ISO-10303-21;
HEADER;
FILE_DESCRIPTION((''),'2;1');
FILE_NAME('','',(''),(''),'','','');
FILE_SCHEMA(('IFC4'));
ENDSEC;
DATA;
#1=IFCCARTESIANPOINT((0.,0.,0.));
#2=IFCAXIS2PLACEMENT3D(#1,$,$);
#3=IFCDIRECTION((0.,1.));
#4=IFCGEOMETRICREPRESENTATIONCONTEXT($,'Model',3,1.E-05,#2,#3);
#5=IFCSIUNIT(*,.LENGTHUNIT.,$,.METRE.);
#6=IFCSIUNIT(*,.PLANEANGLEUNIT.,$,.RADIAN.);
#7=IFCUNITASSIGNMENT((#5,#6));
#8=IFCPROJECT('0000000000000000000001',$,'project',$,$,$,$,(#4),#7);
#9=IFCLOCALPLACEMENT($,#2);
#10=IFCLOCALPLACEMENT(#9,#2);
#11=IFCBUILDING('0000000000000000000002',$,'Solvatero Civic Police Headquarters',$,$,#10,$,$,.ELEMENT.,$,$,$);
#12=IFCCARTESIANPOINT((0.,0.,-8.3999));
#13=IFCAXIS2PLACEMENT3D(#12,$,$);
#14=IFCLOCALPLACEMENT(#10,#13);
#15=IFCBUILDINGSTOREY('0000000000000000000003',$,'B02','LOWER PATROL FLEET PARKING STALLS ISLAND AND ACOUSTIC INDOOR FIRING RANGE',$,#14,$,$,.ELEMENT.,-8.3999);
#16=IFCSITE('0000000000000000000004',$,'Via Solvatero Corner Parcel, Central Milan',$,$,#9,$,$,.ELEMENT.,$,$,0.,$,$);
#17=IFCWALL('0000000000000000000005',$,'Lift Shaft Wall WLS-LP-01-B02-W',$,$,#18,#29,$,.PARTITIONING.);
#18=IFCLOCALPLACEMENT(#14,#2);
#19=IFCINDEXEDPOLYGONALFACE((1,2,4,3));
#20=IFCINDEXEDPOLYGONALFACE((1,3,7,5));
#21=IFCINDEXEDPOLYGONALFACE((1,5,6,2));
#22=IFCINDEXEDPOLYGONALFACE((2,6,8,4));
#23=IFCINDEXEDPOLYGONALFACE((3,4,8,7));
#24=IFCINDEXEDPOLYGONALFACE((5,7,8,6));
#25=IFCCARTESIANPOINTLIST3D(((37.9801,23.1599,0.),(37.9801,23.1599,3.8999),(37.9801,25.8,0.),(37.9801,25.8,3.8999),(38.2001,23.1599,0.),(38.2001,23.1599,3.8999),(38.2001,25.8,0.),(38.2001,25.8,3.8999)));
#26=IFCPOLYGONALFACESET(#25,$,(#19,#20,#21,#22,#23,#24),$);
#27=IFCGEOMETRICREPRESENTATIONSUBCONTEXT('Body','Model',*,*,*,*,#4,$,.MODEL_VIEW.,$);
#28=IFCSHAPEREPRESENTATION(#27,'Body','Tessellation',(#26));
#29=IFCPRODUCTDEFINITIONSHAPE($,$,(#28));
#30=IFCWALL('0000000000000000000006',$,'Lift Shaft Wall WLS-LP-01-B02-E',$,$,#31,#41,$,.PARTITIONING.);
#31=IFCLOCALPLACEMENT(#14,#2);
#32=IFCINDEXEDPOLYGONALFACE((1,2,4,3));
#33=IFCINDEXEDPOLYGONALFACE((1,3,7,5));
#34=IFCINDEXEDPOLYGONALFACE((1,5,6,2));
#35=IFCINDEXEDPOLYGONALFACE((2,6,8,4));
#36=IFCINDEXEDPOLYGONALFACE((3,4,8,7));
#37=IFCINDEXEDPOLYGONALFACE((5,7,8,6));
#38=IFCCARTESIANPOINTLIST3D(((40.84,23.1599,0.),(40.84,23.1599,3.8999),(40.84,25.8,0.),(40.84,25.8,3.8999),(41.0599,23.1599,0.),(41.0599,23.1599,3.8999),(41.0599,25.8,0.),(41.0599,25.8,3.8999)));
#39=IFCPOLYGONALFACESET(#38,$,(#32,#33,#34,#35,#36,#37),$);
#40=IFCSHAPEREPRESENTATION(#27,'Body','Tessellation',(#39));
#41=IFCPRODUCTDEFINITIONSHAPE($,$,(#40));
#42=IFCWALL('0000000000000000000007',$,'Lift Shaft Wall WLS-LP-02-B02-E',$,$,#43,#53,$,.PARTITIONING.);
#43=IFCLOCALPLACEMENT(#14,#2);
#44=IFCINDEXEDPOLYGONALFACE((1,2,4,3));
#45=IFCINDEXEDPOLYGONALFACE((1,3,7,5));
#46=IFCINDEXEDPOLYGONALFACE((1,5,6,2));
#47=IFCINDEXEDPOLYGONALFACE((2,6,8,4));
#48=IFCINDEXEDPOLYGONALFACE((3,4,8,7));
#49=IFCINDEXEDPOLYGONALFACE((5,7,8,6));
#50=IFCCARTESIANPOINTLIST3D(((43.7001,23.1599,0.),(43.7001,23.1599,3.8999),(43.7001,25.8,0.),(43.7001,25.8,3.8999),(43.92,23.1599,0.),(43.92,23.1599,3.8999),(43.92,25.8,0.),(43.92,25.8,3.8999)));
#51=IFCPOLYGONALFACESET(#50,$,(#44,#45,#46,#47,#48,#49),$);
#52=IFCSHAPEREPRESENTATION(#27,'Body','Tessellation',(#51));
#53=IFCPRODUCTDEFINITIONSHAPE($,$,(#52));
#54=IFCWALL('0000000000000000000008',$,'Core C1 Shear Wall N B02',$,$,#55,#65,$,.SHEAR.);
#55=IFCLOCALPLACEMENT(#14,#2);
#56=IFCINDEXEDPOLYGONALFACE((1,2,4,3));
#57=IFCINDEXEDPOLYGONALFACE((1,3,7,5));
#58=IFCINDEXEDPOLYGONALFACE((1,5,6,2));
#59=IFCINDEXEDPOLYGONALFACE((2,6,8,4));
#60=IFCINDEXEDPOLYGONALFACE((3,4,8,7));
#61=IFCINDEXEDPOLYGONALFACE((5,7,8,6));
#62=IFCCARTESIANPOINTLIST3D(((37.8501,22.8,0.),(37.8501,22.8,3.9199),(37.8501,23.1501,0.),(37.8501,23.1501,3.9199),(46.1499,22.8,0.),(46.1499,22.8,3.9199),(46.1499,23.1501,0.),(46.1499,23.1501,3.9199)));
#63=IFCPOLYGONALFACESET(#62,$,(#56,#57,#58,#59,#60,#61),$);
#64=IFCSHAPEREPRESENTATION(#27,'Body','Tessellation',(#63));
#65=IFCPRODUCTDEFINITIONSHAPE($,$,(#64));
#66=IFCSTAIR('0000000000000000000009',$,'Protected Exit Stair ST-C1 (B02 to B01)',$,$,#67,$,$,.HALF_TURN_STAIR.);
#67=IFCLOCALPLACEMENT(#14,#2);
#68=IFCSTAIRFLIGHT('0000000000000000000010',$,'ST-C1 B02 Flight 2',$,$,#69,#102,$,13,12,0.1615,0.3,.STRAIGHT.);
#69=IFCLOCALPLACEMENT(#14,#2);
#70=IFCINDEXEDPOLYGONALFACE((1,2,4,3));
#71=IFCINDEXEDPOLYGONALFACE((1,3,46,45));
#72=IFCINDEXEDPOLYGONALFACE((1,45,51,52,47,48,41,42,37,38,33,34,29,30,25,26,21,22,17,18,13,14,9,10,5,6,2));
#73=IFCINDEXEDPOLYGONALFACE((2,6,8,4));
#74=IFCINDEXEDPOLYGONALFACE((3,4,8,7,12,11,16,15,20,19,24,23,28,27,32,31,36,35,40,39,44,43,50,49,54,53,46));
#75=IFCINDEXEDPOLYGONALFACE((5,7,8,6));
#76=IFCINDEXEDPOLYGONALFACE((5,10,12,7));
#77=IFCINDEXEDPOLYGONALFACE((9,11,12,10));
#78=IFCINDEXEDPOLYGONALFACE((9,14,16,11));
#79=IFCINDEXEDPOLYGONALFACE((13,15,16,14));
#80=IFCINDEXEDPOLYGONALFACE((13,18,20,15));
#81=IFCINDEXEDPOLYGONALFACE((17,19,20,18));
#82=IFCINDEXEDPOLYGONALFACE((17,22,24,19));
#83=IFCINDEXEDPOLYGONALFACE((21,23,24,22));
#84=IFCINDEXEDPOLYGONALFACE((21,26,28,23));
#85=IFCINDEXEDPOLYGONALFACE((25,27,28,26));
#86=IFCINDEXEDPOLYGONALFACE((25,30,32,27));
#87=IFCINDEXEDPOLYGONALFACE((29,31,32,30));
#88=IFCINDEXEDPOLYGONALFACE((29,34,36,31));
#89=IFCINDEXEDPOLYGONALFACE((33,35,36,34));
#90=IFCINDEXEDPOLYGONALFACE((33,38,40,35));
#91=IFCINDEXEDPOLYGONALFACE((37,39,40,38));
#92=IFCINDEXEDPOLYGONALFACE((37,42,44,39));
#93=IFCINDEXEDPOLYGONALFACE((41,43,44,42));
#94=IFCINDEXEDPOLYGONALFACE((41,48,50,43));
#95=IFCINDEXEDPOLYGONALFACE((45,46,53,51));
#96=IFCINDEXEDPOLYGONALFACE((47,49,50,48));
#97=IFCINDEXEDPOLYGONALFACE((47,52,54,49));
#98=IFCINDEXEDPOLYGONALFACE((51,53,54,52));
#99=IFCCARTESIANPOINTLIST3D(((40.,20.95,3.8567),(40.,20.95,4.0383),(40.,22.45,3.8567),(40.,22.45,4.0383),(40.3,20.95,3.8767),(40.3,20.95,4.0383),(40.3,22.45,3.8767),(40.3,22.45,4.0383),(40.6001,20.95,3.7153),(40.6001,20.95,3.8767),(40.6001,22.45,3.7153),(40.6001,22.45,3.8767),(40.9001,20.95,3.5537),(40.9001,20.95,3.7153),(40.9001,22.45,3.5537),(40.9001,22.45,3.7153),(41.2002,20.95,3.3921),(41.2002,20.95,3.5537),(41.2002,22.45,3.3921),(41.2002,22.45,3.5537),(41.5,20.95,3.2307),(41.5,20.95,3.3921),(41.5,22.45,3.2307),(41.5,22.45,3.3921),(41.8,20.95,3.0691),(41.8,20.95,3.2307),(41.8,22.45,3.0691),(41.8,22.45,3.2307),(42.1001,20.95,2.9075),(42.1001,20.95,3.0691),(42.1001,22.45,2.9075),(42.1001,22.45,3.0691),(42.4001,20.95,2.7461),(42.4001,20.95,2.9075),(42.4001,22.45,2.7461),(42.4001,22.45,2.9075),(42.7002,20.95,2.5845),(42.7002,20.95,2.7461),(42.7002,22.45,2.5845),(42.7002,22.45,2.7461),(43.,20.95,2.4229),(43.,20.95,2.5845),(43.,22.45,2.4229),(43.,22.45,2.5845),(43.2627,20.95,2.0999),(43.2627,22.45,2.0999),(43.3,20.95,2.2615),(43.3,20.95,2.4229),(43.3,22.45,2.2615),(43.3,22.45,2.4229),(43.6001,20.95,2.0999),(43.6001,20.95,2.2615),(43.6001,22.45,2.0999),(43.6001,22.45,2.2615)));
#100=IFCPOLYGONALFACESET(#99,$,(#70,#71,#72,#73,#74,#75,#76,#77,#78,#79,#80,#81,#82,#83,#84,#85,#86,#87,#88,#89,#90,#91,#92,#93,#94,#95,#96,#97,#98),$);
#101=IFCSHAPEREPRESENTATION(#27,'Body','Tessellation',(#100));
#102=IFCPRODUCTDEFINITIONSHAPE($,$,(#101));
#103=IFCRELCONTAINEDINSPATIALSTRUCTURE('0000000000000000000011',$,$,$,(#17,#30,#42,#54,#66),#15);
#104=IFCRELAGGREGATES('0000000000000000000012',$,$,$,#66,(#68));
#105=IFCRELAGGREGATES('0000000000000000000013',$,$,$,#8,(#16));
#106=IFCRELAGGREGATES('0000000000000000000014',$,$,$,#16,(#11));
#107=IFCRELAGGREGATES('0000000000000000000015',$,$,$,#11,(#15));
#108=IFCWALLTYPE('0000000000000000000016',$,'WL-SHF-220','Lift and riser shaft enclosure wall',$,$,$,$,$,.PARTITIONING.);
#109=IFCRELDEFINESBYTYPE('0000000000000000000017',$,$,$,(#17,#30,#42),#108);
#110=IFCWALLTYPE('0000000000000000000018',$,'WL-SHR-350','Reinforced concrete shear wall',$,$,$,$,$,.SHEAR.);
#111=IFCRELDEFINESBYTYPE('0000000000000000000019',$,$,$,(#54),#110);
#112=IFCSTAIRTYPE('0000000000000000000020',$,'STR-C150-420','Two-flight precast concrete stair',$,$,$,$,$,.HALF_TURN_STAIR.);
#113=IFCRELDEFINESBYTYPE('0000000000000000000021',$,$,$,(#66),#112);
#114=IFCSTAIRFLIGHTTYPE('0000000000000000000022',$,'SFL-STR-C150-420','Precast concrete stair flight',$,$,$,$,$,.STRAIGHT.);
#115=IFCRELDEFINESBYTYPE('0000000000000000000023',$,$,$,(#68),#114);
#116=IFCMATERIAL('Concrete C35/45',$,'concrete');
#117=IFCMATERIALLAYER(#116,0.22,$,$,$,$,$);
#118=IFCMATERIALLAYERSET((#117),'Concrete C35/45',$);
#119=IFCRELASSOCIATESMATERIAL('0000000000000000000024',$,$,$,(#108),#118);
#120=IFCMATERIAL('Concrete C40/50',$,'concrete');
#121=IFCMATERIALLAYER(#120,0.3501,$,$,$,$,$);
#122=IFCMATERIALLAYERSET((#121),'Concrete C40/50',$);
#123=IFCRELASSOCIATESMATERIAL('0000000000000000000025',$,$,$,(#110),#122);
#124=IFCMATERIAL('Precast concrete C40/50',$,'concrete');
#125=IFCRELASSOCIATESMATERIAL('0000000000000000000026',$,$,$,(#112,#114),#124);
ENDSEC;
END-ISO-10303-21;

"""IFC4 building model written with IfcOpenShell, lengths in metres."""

from ifc_helpers import new_model, si_unit, direction, frame, frame_2d, origin, place, context, subcontext, project, spatial, polyline, rectangle, outline, extrude, material, layer, layer_set, type_object, element, aggregate, save


model = new_model("IFC4")

# Units and contexts
model_context = context("Model", 3, precision=1e-05, world=origin(), true_north=direction((0.0, 1.0)))
body_context = subcontext(model_context, "Body", "Model", "MODEL_VIEW")
ifc_project = project(units=[si_unit("LENGTHUNIT", "METRE"), si_unit("PLANEANGLEUNIT", "RADIAN")], contexts=[model_context])

# Site, building, storey
site_placement = place(None, origin())
site = spatial("IfcSite", under=ifc_project, at=site_placement, Name="Via Solvatero Corner Parcel, Central Milan", CompositionType="ELEMENT", RefElevation=0.0)
building_placement = place(site_placement, origin())
building = spatial("IfcBuilding", under=site, at=building_placement, Name="Solvatero Civic Police Headquarters", CompositionType="ELEMENT")
storey_placement = place(building_placement, frame((0.0, 0.0, -8.3999)))
storey = spatial("IfcBuildingStorey", under=building, at=storey_placement, Name="B02", Description="LOWER PATROL FLEET PARKING STALLS ISLAND AND ACOUSTIC INDOOR FIRING RANGE", CompositionType="ELEMENT", Elevation=-8.3999)

# Shared definitions
ifc_material_1 = material(Name="Concrete C40/50", Category="concrete")

# Shared definitions
ifc_material_2 = material(Name="Concrete C35/45", Category="concrete")
ifc_layer_1 = layer(ifc_material_2, 0.22)
ifc_layer_set_1 = layer_set([ifc_layer_1], Name="Concrete C35/45")
wall_type_1 = type_object("IfcWallType", Name="WL-SHF-220", Description="Lift and riser shaft enclosure wall", PredefinedType="PARTITIONING", material=ifc_layer_set_1)

# Walls
for number, where, z_axis, x_axis, name in (
    (1, (38.0901, 23.1599, 0.0), (0.0, 0.0, 1.0), (0.0, 1.0, 0.0), "Lift Shaft Wall WLS-LP-01-B02-W"),
    (2, (40.95, 23.1599, 0.0), (0.0, 0.0, 1.0), (0.0, 1.0, 0.0), "Lift Shaft Wall WLS-LP-01-B02-E"),
):
    element("IfcWall", number, at=place(storey_placement, frame(where, z_axis=z_axis, x_axis=x_axis)), inside=storey, type_object=wall_type_1, Name=name, PredefinedType="PARTITIONING", context=body_context, shape_type="SweptSolid", body=[
        extrude(rectangle(XDim=2.6401, YDim=0.22, at=frame_2d((1.3201, 0.0))), origin(), (0.0, 0.0, 1.0), 3.8999),
    ])

# Walls
wall_1_placement = place(storey_placement, frame((43.8101, 23.1599, 0.0), z_axis=(0.0, 0.0, 1.0), x_axis=(0.0, 1.0, 0.0)))
element("IfcWall", 3, at=wall_1_placement, inside=storey, type_object=wall_type_1, Name="Lift Shaft Wall WLS-LP-02-B02-E", PredefinedType="PARTITIONING", context=body_context, shape_type="SweptSolid", body=[
    extrude(rectangle(XDim=2.6401, YDim=0.22, at=frame_2d((1.3201, 0.0))), origin(), (0.0, 0.0, 1.0), 3.8999),
])
ifc_layer_2 = layer(ifc_material_1, 0.3501)
ifc_layer_set_2 = layer_set([ifc_layer_2], Name="Concrete C40/50")
wall_type_2 = type_object("IfcWallType", Name="WL-SHR-350", Description="Reinforced concrete shear wall", PredefinedType="SHEAR", material=ifc_layer_set_2)
wall_2_placement = place(storey_placement, frame((37.8501, 22.9751, 0.0), z_axis=(0.0, 0.0, 1.0), x_axis=(1.0, 0.0, 0.0)))
element("IfcWall", 4, at=wall_2_placement, inside=storey, type_object=wall_type_2, Name="Core C1 Shear Wall N B02", PredefinedType="SHEAR", context=body_context, shape_type="SweptSolid", body=[
    extrude(rectangle(XDim=8.2998, YDim=0.3501, at=frame_2d((4.1499, 0.0))), origin(), (0.0, 0.0, 1.0), 3.9199),
])

# Stair, stair flight
ifc_material_3 = material(Name="Precast concrete C40/50", Category="concrete")
stair_type = type_object("IfcStairType", Name="STR-C150-420", Description="Two-flight precast concrete stair", PredefinedType="HALF_TURN_STAIR", material=ifc_material_3)
stair_placement = place(storey_placement, origin())
stair = element("IfcStair", 5, at=stair_placement, inside=storey, type_object=stair_type, Name="Protected Exit Stair ST-C1 (B02 to B01)", PredefinedType="HALF_TURN_STAIR")
stair_flight_type = type_object("IfcStairFlightType", Name="SFL-STR-C150-420", Description="Precast concrete stair flight", PredefinedType="STRAIGHT", material=ifc_material_3)
stair_flight_placement = place(storey_placement, frame((43.6001, 21.7, 2.0999), z_axis=(0.0, 0.0, 1.0), x_axis=(-1.0, 0.0, 0.0)))
stair_flight = element("IfcStairFlight", 6, at=stair_flight_placement, type_object=stair_flight_type, Name="ST-C1 B02 Flight 2", NumberOfRisers=13, NumberOfTreads=12, PredefinedType="STRAIGHT", RiserHeight=0.1615, TreadLength=0.3, context=body_context, shape_type="SweptSolid", body=[
    extrude(outline(polyline([(0.0, 0.0), (0.0, 0.1616), (0.3, 0.1616), (0.3, 0.323), (0.6001, 0.323), (0.6001, 0.4846), (0.8999, 0.4846), (0.8999, 0.6462), (1.2, 0.6462), (1.2, 0.8076), (1.5, 0.8076), (1.5, 0.9692), (1.8, 0.9692), (1.8, 1.1309), (2.1001, 1.1309), (2.1001, 1.2922), (2.3999, 1.2922), (2.3999, 1.4539), (2.7, 1.4539), (2.7, 1.6155), (3.0, 1.6155), (3.0, 1.7769), (3.3, 1.7769), (3.3, 1.9385), (3.6001, 1.9385), (3.6001, 2.1001), (3.6001, 1.7568), (0.3374, 0.0), (0.0, 0.0)])), frame((0.0, 0.75, 0.0), z_axis=(0.0, -1.0, 0.0), x_axis=(1.0, 0.0, 0.0)), (0.0, 0.0, 1.0), 1.5),
])
aggregate(stair, [stair_flight])

save(model, "model.ifc")
